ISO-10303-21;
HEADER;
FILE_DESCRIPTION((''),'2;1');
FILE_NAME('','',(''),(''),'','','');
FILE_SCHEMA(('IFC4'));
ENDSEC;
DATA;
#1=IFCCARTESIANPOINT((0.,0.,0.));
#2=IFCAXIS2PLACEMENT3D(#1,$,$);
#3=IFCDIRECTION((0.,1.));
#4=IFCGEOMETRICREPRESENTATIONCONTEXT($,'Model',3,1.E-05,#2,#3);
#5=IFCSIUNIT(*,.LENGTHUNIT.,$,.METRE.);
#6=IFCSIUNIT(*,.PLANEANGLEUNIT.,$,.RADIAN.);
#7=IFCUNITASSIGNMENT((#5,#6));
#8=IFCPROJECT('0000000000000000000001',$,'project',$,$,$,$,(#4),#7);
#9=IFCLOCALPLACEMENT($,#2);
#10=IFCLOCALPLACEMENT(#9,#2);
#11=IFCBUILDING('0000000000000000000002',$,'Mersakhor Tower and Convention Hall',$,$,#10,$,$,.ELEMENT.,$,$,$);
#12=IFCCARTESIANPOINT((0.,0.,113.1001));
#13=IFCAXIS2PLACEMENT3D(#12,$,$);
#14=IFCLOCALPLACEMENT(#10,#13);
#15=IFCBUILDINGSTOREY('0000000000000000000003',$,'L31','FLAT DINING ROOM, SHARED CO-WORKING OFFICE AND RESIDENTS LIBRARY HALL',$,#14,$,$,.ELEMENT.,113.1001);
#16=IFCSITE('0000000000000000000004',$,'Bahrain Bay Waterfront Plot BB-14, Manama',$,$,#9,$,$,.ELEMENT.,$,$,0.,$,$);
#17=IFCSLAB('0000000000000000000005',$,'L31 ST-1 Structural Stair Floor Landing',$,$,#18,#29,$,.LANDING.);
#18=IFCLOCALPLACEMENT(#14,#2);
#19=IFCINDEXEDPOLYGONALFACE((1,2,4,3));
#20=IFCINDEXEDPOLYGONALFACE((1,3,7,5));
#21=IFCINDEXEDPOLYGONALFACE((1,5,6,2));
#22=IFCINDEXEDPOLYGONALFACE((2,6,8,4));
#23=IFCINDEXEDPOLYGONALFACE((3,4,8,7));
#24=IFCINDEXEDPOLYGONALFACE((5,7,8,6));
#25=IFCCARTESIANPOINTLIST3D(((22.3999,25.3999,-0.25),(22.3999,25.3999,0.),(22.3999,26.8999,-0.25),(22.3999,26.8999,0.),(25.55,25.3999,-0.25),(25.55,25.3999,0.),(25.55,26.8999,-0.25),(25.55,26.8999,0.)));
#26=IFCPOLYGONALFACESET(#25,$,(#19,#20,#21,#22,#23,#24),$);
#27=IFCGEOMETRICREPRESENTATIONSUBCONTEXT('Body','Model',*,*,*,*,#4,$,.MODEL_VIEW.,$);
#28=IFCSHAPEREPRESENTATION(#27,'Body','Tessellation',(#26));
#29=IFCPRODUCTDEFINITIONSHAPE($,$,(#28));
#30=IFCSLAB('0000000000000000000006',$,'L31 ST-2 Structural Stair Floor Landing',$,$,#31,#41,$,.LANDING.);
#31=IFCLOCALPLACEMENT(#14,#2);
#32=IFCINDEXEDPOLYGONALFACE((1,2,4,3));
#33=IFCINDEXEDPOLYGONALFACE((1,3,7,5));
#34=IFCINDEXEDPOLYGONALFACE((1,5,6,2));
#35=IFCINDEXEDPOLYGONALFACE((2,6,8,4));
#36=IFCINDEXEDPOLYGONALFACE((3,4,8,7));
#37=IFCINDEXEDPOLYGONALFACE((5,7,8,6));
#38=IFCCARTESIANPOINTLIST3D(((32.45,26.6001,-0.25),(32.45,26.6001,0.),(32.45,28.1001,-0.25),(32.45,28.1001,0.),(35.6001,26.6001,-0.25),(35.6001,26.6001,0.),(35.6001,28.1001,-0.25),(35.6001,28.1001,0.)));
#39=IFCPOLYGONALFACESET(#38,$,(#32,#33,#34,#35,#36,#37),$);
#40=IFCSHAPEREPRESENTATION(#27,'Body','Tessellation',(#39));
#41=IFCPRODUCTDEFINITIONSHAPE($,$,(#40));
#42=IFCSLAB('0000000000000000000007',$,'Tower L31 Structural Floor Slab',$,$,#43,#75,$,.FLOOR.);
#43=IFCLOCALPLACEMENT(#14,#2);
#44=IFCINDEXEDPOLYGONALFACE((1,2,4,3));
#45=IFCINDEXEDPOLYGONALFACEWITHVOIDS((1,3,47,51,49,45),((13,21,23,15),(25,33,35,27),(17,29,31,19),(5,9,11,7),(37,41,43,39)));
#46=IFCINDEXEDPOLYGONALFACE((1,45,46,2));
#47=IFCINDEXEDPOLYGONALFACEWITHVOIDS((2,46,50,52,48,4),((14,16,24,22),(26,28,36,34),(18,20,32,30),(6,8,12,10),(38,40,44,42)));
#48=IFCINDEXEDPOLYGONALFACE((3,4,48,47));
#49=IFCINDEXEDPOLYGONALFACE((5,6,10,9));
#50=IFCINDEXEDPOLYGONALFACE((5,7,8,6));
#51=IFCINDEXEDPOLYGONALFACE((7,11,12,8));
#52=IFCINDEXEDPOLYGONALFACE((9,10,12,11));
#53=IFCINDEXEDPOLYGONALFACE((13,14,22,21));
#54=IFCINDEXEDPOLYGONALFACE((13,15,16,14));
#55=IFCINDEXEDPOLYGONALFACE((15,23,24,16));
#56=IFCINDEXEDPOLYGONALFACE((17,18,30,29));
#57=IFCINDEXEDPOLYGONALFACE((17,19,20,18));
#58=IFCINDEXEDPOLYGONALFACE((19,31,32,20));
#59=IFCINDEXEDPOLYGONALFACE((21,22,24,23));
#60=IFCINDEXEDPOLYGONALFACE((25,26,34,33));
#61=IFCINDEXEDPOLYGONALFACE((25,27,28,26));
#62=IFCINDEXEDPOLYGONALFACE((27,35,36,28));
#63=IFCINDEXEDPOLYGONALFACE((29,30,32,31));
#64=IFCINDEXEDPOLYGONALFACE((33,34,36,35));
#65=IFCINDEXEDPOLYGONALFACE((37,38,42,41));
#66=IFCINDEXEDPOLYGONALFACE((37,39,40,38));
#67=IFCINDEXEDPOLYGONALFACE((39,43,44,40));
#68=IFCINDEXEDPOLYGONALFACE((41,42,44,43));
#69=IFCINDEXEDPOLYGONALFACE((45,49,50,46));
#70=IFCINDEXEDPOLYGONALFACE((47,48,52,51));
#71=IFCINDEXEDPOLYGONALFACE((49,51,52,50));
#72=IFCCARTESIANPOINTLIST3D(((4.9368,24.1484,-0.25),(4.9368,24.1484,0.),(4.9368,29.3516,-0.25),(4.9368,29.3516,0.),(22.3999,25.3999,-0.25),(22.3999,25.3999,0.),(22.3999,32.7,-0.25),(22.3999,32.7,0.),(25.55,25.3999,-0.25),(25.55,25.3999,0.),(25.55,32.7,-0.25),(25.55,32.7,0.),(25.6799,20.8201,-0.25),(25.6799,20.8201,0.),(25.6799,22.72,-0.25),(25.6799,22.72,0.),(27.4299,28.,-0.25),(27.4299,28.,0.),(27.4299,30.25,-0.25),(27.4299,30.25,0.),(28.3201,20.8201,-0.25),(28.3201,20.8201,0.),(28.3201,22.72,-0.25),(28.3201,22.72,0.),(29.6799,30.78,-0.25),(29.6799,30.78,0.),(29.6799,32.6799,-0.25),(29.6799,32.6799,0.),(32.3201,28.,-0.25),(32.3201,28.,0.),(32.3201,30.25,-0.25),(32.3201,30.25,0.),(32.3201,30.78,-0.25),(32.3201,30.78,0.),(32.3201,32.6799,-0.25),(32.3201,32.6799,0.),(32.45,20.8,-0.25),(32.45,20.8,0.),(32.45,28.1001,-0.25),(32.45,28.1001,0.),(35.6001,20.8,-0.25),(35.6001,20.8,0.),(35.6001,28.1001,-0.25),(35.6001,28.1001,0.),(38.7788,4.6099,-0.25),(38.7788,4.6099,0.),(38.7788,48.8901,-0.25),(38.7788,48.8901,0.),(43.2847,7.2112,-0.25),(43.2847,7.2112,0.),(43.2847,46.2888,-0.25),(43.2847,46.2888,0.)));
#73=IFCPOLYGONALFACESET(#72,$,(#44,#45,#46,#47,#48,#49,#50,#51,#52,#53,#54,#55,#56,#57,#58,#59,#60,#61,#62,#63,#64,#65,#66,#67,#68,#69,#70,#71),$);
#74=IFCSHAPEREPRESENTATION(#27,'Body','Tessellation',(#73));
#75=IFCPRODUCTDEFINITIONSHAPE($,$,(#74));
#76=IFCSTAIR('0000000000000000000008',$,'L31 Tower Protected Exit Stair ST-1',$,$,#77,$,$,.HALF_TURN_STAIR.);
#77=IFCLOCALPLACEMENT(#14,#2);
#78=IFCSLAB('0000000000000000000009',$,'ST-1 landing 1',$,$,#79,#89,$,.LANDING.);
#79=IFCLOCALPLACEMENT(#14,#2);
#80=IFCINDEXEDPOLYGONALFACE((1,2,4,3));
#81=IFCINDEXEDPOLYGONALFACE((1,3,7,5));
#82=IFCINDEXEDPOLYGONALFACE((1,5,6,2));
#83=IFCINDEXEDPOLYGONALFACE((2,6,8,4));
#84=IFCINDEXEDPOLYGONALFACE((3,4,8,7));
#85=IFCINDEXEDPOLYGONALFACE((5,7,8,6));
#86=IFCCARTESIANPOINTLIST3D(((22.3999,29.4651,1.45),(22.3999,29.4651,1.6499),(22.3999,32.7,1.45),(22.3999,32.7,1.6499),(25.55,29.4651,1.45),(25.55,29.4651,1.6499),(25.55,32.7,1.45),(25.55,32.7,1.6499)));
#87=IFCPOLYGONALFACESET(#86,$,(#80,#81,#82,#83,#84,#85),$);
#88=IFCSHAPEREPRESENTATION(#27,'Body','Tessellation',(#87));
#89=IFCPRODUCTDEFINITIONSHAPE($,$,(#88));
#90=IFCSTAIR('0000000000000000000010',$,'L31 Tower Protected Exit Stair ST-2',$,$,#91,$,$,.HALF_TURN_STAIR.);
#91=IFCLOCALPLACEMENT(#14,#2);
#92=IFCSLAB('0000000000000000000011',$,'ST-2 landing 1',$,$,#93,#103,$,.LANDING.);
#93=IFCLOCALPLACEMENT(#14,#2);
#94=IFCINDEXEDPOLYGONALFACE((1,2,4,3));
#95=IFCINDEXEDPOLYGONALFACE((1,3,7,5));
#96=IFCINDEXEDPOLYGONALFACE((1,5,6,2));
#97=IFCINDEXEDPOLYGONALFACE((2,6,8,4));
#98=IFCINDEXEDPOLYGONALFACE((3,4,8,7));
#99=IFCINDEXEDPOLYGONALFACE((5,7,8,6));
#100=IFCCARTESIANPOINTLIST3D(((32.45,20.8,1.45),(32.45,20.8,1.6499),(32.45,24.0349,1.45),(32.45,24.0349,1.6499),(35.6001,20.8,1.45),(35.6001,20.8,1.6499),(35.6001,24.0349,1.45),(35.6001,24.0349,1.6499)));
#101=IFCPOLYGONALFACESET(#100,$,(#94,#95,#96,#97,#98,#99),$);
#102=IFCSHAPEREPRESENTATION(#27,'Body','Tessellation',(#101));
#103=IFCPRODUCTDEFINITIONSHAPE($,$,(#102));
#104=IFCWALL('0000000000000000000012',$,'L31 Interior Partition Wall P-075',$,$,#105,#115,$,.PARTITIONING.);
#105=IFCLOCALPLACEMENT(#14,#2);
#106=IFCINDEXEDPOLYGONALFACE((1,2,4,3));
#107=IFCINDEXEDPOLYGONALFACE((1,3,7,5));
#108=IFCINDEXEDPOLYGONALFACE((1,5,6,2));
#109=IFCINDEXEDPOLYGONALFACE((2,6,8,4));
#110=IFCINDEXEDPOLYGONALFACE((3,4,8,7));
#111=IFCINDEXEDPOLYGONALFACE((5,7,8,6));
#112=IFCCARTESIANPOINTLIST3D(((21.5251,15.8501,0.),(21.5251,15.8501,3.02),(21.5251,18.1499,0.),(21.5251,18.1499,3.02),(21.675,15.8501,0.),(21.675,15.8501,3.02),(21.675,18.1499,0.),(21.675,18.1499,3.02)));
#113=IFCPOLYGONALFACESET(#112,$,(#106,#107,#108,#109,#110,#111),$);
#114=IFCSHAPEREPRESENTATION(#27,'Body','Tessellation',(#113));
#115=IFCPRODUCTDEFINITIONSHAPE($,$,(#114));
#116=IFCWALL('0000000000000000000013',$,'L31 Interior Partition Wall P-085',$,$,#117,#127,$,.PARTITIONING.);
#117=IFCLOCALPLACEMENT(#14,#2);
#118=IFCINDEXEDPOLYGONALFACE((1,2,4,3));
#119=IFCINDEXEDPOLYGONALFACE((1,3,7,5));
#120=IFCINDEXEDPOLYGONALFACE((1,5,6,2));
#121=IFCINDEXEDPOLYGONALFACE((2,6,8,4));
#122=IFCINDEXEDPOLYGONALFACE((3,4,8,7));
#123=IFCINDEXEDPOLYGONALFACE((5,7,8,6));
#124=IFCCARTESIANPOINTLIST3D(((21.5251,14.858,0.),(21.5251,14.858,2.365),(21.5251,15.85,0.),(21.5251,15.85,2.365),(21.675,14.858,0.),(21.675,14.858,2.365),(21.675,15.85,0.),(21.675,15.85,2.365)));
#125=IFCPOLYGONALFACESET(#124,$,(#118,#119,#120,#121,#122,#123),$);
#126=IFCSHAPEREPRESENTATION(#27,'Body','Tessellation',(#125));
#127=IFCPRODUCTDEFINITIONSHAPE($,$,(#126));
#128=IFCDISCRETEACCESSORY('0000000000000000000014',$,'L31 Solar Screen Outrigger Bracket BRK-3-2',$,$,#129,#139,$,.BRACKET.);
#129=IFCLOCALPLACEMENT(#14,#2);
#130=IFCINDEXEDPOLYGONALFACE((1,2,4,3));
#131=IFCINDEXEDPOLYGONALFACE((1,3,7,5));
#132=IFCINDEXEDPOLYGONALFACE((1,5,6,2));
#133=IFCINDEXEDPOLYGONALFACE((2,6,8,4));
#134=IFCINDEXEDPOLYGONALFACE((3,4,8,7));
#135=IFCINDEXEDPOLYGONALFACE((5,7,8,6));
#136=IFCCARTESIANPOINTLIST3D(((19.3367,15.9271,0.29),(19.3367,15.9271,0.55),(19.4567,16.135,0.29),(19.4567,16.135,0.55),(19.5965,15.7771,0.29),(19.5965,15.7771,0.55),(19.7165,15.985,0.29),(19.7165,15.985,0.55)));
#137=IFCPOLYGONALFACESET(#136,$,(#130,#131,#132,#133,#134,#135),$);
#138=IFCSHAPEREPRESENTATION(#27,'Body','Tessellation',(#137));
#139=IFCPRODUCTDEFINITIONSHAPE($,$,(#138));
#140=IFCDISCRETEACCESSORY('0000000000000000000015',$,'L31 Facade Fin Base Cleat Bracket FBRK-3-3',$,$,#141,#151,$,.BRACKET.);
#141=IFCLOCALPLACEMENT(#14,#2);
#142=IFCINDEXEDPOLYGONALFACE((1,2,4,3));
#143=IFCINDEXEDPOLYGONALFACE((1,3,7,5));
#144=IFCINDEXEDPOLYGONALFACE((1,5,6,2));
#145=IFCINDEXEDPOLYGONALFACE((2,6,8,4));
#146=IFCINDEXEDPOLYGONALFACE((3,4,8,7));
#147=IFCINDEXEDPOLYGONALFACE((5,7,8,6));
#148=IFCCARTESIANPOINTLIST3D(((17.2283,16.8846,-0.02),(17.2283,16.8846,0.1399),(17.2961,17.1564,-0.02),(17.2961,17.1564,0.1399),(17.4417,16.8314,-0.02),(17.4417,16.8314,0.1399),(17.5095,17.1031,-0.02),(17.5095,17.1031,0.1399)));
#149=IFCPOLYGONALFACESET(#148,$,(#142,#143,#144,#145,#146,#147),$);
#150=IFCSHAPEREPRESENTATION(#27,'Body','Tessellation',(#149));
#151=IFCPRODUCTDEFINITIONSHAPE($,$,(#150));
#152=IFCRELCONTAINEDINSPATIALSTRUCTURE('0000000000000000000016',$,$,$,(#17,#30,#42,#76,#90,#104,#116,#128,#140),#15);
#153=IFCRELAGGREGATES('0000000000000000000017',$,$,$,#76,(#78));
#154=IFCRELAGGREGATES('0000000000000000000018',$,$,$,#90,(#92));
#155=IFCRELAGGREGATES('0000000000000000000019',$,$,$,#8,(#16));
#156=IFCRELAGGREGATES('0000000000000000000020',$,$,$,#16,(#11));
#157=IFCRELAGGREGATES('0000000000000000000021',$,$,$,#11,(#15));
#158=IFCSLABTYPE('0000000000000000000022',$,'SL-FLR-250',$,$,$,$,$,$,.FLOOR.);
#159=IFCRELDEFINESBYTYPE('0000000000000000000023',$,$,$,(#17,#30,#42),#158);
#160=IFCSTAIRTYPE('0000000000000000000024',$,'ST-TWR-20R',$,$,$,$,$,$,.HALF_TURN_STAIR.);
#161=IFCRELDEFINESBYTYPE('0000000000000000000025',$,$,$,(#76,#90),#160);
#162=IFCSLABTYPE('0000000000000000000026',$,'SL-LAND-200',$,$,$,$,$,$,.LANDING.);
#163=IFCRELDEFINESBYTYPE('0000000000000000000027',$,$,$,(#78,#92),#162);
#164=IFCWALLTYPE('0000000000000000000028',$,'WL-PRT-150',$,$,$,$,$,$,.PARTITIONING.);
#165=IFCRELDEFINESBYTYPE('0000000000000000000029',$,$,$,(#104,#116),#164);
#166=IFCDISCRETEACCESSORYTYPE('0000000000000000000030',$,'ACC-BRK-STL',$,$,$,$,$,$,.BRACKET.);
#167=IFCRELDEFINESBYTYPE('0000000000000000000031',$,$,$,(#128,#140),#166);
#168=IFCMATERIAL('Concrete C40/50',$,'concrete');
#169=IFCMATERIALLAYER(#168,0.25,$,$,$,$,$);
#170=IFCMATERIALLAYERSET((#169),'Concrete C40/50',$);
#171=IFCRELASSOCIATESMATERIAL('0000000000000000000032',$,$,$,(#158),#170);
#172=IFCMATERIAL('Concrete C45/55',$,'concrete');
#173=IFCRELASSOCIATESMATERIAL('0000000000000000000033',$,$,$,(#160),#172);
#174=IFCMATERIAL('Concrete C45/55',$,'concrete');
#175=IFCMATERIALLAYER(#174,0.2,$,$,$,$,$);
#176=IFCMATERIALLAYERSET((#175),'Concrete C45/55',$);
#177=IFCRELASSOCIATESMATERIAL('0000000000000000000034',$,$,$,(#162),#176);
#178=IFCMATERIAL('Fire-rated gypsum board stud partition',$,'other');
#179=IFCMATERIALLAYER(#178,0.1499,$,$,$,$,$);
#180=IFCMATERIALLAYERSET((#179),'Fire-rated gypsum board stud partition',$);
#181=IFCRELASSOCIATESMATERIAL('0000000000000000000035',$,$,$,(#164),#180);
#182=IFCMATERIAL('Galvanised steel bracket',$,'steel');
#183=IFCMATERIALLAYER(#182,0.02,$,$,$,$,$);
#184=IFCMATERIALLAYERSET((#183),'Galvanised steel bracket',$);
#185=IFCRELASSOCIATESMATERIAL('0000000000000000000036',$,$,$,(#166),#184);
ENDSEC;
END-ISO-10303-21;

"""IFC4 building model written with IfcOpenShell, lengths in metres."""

from ifc_helpers import new_model, si_unit, direction, frame, frame_2d, origin, origin_2d, place, context, subcontext, project, spatial, polyline, rectangle, outline, extrude, material, layer, layer_set, type_object, element, aggregate, save


model = new_model("IFC4")

# Units and contexts
model_context = context("Model", 3, precision=1e-05, world=origin(), true_north=direction((0.0, 1.0)))
body_context = subcontext(model_context, "Body", "Model", "MODEL_VIEW")
ifc_project = project(units=[si_unit("LENGTHUNIT", "METRE"), si_unit("PLANEANGLEUNIT", "RADIAN")], contexts=[model_context])

# Site, building, storey
site_placement = place(None, origin())
site = spatial("IfcSite", under=ifc_project, at=site_placement, Name="Bahrain Bay Waterfront Plot BB-14, Manama", CompositionType="ELEMENT", RefElevation=0.0)
building_placement = place(site_placement, origin())
building = spatial("IfcBuilding", under=site, at=building_placement, Name="Mersakhor Tower and Convention Hall", CompositionType="ELEMENT")
storey_placement = place(building_placement, frame((0.0, 0.0, 113.1001)))
storey = spatial("IfcBuildingStorey", under=building, at=storey_placement, Name="L31", Description="FLAT DINING ROOM, SHARED CO-WORKING OFFICE AND RESIDENTS LIBRARY HALL", CompositionType="ELEMENT", Elevation=113.1001)

# Slabs
ifc_material_1 = material(Name="Concrete C40/50", Category="concrete")
ifc_layer_1 = layer(ifc_material_1, 0.25)
ifc_layer_set_1 = layer_set([ifc_layer_1], Name="Concrete C40/50")
slab_type_1 = type_object("IfcSlabType", Name="SL-FLR-250", PredefinedType="FLOOR", material=ifc_layer_set_1)
slab_1_placement = place(storey_placement, frame((0.0, 0.0, -0.25)))
element("IfcSlab", 1, at=slab_1_placement, inside=storey, type_object=slab_type_1, Name="L31 ST-1 Structural Stair Floor Landing", PredefinedType="LANDING", context=body_context, shape_type="SweptSolid", body=[
    extrude(outline(polyline([(25.55, 25.3999), (25.55, 26.8999), (22.3999, 26.8999), (22.3999, 25.3999), (25.55, 25.3999)])), origin(), (0.0, 0.0, 1.0), 0.25),
])
slab_2_placement = place(storey_placement, frame((0.0, 0.0, -0.25)))
element("IfcSlab", 2, at=slab_2_placement, inside=storey, type_object=slab_type_1, Name="L31 ST-2 Structural Stair Floor Landing", PredefinedType="LANDING", context=body_context, shape_type="SweptSolid", body=[
    extrude(outline(polyline([(32.45, 28.1001), (32.45, 26.6001), (35.6001, 26.6001), (35.6001, 28.1001), (32.45, 28.1001)])), origin(), (0.0, 0.0, 1.0), 0.25),
])
slab_3_placement = place(storey_placement, frame((0.0, 0.0, -0.25)))
element("IfcSlab", 3, at=slab_3_placement, inside=storey, type_object=slab_type_1, Name="Tower L31 Structural Floor Slab", PredefinedType="FLOOR", context=body_context, shape_type="SweptSolid", body=[
    extrude(outline(polyline([(4.9368, 29.3516), (38.7788, 48.8901), (43.2847, 46.2888), (43.2847, 7.2112), (38.7788, 4.6099), (4.9368, 24.1484), (4.9368, 29.3516)]), holes=[polyline([(25.55, 25.3999), (25.55, 32.7), (22.3999, 32.7), (22.3999, 25.3999), (25.55, 25.3999)]), polyline([(32.45, 28.1001), (32.45, 20.8), (35.6001, 20.8), (35.6001, 28.1001), (32.45, 28.1001)]), polyline([(25.6799, 20.8201), (25.6799, 22.72), (28.3201, 22.72), (28.3201, 20.8201), (25.6799, 20.8201)]), polyline([(29.6799, 30.78), (29.6799, 32.6799), (32.3201, 32.6799), (32.3201, 30.78), (29.6799, 30.78)]), polyline([(27.4299, 28.0), (27.4299, 30.25), (32.3201, 30.25), (32.3201, 28.0), (27.4299, 28.0)])]), origin(), (0.0, 0.0, 1.0), 0.25),
])

# Stairs, slabs
ifc_material_2 = material(Name="Concrete C45/55", Category="concrete")
stair_type = type_object("IfcStairType", Name="ST-TWR-20R", PredefinedType="HALF_TURN_STAIR", material=ifc_material_2)
stair_1_placement = place(storey_placement, origin())
stair_1 = element("IfcStair", 4, at=stair_1_placement, inside=storey, type_object=stair_type, Name="L31 Tower Protected Exit Stair ST-1", PredefinedType="HALF_TURN_STAIR")
ifc_material_3 = material(Name="Concrete C45/55", Category="concrete")
ifc_layer_2 = layer(ifc_material_3, 0.2)
ifc_layer_set_2 = layer_set([ifc_layer_2], Name="Concrete C45/55")
slab_type_2 = type_object("IfcSlabType", Name="SL-LAND-200", PredefinedType="LANDING", material=ifc_layer_set_2)
slab_4_placement = place(storey_placement, frame((0.0, 0.0, 1.45)))
slab_4 = element("IfcSlab", 5, at=slab_4_placement, type_object=slab_type_2, Name="ST-1 landing 1", PredefinedType="LANDING", context=body_context, shape_type="SweptSolid", body=[
    extrude(outline(polyline([(25.55, 29.4651), (25.55, 32.7), (22.3999, 32.7), (22.3999, 29.4651), (25.55, 29.4651)])), origin(), (0.0, 0.0, 1.0), 0.2),
])
aggregate(stair_1, [slab_4])
stair_2_placement = place(storey_placement, origin())
stair_2 = element("IfcStair", 6, at=stair_2_placement, inside=storey, type_object=stair_type, Name="L31 Tower Protected Exit Stair ST-2", PredefinedType="HALF_TURN_STAIR")
slab_5_placement = place(storey_placement, frame((0.0, 0.0, 1.45)))
slab_5 = element("IfcSlab", 7, at=slab_5_placement, type_object=slab_type_2, Name="ST-2 landing 1", PredefinedType="LANDING", context=body_context, shape_type="SweptSolid", body=[
    extrude(outline(polyline([(32.45, 24.0349), (32.45, 20.8), (35.6001, 20.8), (35.6001, 24.0349), (32.45, 24.0349)])), origin(), (0.0, 0.0, 1.0), 0.2),
])
aggregate(stair_2, [slab_5])

# Walls
ifc_material_4 = material(Name="Fire-rated gypsum board stud partition", Category="other")
ifc_layer_3 = layer(ifc_material_4, 0.1499)
ifc_layer_set_3 = layer_set([ifc_layer_3], Name="Fire-rated gypsum board stud partition")
wall_type = type_object("IfcWallType", Name="WL-PRT-150", PredefinedType="PARTITIONING", material=ifc_layer_set_3)
wall_1_placement = place(storey_placement, frame((21.6001, 15.8501, 0.0), z_axis=(0.0, 0.0, 1.0), x_axis=(0.0, 1.0, 0.0)))
element("IfcWall", 8, at=wall_1_placement, inside=storey, type_object=wall_type, Name="L31 Interior Partition Wall P-075", PredefinedType="PARTITIONING", context=body_context, shape_type="SweptSolid", body=[
    extrude(rectangle(XDim=2.2998, YDim=0.1499, at=frame_2d((1.1499, 0.0))), origin(), (0.0, 0.0, 1.0), 3.02),
])
wall_2_placement = place(storey_placement, frame((21.6001, 15.8501, 0.0), z_axis=(0.0, 0.0, 1.0), x_axis=(0.0, -1.0, 0.0)))
element("IfcWall", 9, at=wall_2_placement, inside=storey, type_object=wall_type, Name="L31 Interior Partition Wall P-085", PredefinedType="PARTITIONING", context=body_context, shape_type="SweptSolid", body=[
    extrude(rectangle(XDim=0.9919, YDim=0.1499, at=frame_2d((0.4961, 0.0))), origin(), (0.0, 0.0, 1.0), 2.365),
])

# Discrete accessories
ifc_material_5 = material(Name="Galvanised steel bracket", Category="steel")
ifc_layer_4 = layer(ifc_material_5, 0.02)
ifc_layer_set_4 = layer_set([ifc_layer_4], Name="Galvanised steel bracket")
discrete_accessory_type = type_object("IfcDiscreteAccessoryType", Name="ACC-BRK-STL", PredefinedType="BRACKET", material=ifc_layer_set_4)
discrete_accessory_1_placement = place(storey_placement, frame((19.5266, 15.9561, 0.29), z_axis=(0.0, 0.0, 1.0), x_axis=(-0.866025, 0.5, 0.0)))
element("IfcDiscreteAccessory", 10, at=discrete_accessory_1_placement, inside=storey, type_object=discrete_accessory_type, Name="L31 Solar Screen Outrigger Bracket BRK-3-2", PredefinedType="BRACKET", context=body_context, shape_type="SweptSolid", body=[
    extrude(rectangle(XDim=0.3, YDim=0.24, at=origin_2d()), origin(), (0.0, 0.0, 1.0), 0.26),
])
discrete_accessory_2_placement = place(storey_placement, frame((17.3689, 16.9939, -0.02), z_axis=(0.0, 0.0, 1.0), x_axis=(-0.241922, -0.970296, 0.0)))
element("IfcDiscreteAccessory", 11, at=discrete_accessory_2_placement, inside=storey, type_object=discrete_accessory_type, Name="L31 Facade Fin Base Cleat Bracket FBRK-3-3", PredefinedType="BRACKET", context=body_context, shape_type="SweptSolid", body=[
    extrude(rectangle(XDim=0.28, YDim=0.22, at=origin_2d()), origin(), (0.0, 0.0, 1.0), 0.1599),
])

save(model, "model.ifc")
